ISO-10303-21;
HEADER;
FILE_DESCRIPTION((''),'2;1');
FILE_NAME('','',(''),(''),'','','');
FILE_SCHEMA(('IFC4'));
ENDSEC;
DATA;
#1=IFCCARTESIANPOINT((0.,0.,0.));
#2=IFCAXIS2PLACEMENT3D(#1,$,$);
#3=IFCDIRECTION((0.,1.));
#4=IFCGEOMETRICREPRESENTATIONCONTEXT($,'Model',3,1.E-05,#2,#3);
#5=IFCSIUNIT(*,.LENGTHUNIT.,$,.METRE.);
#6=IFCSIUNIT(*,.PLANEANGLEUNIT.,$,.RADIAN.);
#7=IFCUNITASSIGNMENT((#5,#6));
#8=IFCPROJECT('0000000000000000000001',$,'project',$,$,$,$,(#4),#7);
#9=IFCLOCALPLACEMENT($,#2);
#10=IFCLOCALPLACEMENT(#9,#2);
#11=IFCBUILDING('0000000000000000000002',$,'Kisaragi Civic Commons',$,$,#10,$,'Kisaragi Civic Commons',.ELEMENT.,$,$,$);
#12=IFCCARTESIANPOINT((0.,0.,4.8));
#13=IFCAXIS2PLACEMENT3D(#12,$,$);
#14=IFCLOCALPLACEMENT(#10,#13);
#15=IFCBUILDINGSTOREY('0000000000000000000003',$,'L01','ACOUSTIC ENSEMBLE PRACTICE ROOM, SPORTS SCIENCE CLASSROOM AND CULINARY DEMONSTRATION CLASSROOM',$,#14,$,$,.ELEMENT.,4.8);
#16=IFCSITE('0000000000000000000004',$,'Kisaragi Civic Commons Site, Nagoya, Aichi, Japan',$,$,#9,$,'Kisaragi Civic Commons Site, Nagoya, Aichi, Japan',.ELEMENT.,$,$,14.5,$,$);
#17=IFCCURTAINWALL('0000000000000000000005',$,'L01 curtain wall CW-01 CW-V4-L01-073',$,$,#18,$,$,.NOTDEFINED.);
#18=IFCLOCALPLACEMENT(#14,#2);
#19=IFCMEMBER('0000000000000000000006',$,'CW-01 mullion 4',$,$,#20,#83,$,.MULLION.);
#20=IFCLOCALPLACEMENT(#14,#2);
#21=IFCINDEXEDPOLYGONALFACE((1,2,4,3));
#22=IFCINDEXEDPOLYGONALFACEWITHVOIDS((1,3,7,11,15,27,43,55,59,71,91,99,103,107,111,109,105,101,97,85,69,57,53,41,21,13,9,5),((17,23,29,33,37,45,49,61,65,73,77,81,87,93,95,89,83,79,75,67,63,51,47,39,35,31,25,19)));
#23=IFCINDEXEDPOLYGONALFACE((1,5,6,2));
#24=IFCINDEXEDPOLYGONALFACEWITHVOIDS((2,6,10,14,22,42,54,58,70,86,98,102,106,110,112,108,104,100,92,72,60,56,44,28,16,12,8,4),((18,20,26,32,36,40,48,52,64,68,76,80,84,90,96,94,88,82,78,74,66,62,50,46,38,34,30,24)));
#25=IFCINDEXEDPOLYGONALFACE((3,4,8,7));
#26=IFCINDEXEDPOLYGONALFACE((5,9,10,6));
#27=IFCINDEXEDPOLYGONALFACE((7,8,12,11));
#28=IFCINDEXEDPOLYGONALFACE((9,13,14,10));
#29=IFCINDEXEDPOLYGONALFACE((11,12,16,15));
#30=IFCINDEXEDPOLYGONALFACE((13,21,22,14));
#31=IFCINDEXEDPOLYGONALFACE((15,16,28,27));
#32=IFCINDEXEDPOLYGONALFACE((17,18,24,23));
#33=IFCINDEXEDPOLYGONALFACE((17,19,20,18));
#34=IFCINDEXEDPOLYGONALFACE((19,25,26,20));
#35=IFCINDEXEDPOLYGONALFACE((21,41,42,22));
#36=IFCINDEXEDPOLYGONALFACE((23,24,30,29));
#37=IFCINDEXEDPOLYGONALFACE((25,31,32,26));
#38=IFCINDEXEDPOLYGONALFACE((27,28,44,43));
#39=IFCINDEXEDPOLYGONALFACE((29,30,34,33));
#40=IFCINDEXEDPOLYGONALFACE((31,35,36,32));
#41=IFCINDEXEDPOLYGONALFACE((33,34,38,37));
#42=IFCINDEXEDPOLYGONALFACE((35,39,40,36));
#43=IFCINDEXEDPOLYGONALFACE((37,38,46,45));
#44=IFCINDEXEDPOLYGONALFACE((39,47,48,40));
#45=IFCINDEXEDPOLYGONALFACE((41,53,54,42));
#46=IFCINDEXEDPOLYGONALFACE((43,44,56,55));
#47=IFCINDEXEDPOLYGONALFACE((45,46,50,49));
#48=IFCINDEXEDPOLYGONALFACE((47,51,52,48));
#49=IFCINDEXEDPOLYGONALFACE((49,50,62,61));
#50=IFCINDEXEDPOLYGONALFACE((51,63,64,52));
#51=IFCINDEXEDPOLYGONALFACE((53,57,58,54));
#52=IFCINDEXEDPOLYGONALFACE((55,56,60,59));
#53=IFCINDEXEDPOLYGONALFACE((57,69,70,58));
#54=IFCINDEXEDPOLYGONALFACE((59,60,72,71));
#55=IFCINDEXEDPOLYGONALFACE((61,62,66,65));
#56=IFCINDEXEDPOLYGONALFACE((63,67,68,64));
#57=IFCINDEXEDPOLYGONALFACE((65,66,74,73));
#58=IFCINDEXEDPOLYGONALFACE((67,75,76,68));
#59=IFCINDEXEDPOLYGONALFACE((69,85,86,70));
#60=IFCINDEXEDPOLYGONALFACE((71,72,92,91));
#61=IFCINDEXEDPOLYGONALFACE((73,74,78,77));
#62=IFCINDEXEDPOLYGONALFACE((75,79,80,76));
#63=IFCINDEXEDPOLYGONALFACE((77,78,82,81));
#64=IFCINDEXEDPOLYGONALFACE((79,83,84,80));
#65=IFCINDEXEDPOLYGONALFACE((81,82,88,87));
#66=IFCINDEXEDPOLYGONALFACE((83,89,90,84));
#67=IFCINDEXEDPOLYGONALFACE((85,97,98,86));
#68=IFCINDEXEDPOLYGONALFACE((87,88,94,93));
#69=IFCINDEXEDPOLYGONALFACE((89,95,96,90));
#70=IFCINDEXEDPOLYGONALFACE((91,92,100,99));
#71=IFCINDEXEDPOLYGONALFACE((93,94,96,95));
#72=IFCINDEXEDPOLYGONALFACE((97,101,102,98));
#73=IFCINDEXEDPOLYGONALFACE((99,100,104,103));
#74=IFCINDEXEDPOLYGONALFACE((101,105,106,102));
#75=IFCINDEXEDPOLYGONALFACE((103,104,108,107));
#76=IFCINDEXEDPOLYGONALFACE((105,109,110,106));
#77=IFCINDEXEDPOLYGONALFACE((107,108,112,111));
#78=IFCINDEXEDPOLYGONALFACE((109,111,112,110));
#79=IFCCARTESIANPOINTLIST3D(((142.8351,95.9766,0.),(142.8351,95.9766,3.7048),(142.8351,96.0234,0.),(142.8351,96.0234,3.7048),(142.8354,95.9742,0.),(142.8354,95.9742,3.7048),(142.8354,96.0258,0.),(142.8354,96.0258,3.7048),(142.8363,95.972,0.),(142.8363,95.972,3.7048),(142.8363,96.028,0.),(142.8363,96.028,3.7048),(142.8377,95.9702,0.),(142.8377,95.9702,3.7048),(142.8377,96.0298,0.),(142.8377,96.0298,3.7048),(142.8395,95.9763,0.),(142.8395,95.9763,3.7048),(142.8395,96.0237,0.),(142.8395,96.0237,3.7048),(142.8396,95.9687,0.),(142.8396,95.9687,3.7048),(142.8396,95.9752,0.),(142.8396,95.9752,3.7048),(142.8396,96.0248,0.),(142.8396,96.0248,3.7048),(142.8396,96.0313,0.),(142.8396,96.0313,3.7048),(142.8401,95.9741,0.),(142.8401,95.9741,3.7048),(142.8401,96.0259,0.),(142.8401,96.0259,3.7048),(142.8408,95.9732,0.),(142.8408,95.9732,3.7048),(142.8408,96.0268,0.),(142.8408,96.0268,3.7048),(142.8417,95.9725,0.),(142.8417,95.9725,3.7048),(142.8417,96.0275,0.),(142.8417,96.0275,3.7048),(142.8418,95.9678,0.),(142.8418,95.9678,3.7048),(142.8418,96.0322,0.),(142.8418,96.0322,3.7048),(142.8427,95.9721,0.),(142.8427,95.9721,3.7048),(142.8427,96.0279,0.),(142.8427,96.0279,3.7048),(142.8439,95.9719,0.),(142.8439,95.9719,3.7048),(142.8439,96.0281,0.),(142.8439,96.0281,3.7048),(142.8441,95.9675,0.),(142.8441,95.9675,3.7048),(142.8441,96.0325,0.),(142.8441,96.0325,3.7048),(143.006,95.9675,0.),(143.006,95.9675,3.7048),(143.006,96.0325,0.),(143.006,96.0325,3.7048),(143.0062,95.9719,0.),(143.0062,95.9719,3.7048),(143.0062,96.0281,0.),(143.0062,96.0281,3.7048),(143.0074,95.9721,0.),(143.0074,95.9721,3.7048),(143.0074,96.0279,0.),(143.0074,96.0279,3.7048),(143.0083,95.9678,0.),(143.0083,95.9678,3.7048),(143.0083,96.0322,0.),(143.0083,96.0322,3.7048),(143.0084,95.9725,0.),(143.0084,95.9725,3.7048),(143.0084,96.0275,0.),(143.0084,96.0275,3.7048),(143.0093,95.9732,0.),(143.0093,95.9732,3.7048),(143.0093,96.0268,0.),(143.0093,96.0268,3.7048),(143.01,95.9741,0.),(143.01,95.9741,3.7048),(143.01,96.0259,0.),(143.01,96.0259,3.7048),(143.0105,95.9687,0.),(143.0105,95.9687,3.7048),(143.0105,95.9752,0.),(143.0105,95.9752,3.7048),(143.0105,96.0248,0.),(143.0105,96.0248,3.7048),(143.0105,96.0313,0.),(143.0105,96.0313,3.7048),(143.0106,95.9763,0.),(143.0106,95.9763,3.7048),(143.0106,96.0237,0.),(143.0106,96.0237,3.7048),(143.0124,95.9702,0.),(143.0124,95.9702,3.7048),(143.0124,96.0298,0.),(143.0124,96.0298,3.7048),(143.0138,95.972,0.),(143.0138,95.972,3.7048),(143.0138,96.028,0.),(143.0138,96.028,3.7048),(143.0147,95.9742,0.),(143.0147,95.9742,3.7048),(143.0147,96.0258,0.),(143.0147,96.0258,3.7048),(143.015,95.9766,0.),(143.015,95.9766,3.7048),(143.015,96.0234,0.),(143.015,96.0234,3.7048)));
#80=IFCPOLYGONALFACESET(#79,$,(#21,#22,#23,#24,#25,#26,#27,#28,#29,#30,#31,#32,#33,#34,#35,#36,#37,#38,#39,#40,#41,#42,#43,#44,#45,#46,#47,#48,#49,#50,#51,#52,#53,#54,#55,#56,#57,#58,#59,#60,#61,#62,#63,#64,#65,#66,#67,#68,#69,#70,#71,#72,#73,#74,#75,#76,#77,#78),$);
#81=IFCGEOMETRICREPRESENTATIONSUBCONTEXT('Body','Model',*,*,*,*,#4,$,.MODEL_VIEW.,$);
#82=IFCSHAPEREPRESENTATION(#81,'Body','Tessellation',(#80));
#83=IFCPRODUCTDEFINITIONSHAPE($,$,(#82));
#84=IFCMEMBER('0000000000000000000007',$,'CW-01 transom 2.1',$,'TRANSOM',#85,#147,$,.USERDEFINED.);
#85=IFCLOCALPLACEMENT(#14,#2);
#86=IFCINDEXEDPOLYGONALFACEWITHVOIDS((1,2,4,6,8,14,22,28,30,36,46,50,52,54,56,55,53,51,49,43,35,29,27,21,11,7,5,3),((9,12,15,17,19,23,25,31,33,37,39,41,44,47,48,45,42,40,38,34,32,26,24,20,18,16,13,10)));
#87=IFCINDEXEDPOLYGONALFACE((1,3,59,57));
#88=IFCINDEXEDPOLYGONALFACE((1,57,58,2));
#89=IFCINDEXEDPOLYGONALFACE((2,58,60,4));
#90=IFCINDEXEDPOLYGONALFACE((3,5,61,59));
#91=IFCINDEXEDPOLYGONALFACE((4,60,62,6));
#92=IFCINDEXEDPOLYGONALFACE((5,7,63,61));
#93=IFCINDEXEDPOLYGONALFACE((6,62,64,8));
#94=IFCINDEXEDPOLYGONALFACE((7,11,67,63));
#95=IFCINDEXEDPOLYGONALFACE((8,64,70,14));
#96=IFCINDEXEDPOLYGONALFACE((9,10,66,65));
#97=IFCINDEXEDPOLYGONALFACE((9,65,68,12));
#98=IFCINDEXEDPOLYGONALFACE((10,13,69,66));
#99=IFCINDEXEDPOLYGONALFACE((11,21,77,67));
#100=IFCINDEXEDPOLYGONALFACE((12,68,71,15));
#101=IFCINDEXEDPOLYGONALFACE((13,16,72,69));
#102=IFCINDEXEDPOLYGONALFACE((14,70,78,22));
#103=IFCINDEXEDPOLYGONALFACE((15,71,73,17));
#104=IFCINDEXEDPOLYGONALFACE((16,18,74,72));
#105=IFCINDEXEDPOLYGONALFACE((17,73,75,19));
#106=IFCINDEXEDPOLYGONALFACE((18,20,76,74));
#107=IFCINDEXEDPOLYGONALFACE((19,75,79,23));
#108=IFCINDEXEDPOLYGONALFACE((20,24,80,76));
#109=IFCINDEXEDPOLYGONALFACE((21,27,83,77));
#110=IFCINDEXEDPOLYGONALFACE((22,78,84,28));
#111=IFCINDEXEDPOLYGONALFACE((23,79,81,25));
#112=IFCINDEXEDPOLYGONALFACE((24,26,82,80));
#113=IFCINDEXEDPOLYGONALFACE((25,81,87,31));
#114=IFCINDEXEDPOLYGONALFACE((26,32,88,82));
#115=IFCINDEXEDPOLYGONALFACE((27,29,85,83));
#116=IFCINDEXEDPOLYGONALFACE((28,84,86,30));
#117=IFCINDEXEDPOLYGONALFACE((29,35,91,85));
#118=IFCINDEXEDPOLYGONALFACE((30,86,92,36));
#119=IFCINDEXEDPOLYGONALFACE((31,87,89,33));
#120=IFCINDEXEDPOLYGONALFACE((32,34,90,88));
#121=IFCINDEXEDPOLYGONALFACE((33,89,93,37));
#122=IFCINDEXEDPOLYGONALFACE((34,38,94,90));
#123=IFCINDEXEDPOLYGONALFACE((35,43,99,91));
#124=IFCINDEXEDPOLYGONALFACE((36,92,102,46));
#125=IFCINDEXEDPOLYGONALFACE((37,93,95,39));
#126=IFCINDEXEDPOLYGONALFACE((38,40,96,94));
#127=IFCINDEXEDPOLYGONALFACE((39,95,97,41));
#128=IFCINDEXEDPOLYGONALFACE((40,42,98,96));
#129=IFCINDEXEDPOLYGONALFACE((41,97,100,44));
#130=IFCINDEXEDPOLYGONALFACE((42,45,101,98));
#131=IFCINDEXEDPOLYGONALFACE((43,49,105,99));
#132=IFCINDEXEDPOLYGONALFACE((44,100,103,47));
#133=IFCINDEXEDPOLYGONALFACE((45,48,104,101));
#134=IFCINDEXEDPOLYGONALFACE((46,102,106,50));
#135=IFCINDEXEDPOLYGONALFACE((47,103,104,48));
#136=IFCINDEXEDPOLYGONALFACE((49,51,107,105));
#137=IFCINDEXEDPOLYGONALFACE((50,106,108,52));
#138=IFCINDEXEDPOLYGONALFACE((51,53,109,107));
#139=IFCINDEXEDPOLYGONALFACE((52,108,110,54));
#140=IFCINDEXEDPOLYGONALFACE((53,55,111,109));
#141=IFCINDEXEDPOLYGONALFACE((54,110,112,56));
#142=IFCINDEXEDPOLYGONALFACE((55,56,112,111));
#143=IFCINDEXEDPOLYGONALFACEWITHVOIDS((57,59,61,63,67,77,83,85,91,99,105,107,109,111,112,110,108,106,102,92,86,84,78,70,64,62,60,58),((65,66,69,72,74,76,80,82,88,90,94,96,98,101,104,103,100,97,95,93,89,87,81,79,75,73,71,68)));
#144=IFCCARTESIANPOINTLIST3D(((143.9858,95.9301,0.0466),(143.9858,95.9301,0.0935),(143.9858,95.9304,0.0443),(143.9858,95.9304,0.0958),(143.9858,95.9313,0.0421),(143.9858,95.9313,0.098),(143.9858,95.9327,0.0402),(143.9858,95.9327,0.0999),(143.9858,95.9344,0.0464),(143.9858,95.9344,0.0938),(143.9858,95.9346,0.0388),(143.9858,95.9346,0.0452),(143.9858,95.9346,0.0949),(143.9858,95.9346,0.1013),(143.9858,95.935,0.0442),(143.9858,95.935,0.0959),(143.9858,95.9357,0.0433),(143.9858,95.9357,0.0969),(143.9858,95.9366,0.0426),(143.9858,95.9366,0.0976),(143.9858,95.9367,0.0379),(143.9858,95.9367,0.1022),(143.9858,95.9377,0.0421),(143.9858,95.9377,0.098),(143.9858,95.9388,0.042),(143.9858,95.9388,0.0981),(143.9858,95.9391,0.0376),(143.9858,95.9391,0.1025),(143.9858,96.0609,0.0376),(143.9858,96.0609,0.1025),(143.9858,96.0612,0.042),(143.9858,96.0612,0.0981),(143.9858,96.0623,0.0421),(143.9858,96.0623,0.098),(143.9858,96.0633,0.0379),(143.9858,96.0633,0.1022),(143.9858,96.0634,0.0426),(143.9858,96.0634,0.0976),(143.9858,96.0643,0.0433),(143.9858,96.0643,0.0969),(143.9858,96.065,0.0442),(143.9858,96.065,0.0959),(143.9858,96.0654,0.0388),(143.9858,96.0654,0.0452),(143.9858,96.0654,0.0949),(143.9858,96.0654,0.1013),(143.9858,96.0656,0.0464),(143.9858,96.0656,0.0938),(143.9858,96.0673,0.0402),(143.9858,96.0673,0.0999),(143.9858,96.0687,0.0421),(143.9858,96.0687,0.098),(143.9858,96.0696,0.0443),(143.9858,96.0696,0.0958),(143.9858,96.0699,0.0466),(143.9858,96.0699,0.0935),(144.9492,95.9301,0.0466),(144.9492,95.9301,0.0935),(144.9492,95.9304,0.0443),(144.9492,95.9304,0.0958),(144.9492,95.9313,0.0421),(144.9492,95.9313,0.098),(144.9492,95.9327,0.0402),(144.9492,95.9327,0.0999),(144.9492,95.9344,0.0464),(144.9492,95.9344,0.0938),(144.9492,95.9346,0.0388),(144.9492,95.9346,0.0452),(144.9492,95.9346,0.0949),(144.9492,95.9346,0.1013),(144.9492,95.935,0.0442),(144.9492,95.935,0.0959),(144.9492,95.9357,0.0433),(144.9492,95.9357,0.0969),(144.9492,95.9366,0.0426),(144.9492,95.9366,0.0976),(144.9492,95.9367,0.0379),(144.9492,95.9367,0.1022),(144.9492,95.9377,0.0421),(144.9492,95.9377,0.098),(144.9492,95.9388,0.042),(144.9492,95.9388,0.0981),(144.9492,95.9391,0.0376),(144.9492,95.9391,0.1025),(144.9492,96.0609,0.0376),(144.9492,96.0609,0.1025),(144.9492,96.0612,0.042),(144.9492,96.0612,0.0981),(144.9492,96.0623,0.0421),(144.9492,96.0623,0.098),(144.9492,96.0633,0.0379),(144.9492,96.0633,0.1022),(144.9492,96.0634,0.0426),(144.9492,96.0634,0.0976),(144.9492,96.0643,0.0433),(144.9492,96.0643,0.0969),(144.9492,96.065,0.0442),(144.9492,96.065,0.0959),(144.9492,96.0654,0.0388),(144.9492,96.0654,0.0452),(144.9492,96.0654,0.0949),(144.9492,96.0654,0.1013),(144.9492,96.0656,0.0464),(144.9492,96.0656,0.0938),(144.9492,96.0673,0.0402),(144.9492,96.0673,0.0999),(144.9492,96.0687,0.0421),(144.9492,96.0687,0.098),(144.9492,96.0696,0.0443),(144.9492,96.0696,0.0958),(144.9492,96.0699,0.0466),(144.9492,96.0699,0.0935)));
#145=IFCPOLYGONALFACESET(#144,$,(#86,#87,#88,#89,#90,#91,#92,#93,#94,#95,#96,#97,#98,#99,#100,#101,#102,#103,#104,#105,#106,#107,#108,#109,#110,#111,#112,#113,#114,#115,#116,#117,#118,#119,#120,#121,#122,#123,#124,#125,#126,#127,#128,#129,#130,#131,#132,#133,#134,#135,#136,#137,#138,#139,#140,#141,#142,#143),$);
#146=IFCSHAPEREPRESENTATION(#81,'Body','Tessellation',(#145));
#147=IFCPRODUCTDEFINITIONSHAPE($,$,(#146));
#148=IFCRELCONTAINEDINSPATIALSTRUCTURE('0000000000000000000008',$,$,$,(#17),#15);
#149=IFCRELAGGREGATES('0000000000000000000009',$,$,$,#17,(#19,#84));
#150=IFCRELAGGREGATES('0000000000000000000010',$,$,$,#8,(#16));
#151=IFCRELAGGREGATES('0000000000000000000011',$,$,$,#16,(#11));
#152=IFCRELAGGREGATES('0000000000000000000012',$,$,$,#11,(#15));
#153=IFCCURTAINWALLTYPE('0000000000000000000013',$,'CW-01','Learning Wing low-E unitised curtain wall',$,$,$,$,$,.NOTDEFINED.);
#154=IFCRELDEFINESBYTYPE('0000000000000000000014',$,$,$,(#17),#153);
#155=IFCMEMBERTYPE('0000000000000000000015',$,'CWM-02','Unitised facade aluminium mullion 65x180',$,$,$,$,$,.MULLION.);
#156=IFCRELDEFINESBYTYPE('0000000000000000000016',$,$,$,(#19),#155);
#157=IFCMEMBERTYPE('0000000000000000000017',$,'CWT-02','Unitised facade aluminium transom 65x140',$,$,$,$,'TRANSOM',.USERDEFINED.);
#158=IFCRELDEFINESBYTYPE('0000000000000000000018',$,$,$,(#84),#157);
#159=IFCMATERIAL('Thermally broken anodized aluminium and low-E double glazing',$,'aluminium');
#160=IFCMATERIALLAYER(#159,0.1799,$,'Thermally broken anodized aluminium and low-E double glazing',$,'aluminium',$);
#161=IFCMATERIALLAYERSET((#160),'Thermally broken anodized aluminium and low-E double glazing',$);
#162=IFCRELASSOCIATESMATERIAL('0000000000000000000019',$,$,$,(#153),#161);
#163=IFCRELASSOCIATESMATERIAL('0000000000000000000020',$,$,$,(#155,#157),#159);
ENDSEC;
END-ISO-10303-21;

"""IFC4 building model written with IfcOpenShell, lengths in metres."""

from ifc_helpers import new_model, si_unit, direction, frame, origin, origin_2d, place, context, subcontext, project, spatial, hollow_rectangle, extrude, material, layer, layer_set, material_profile, profile_set, type_object, element, aggregate, save


model = new_model("IFC4")

# Units and contexts
model_context = context("Model", 3, precision=1e-05, world=origin(), true_north=direction((0.0, 1.0)))
body_context = subcontext(model_context, "Body", "Model", "MODEL_VIEW")
ifc_project = project(units=[si_unit("LENGTHUNIT", "METRE"), si_unit("PLANEANGLEUNIT", "RADIAN")], contexts=[model_context])

# Site, building, storey
site_placement = place(None, origin())
site = spatial("IfcSite", under=ifc_project, at=site_placement, Name="Kisaragi Civic Commons Site, Nagoya, Aichi, Japan", LongName="Kisaragi Civic Commons Site, Nagoya, Aichi, Japan", CompositionType="ELEMENT", RefElevation=14.5)
building_placement = place(site_placement, origin())
building = spatial("IfcBuilding", under=site, at=building_placement, Name="Kisaragi Civic Commons", LongName="Kisaragi Civic Commons", CompositionType="ELEMENT")
storey_placement = place(building_placement, frame((0.0, 0.0, 4.8)))
storey = spatial("IfcBuildingStorey", under=building, at=storey_placement, Name="L01", Description="ACOUSTIC ENSEMBLE PRACTICE ROOM, SPORTS SCIENCE CLASSROOM AND CULINARY DEMONSTRATION CLASSROOM", CompositionType="ELEMENT", Elevation=4.8)

# Curtain wall, members
ifc_material = material(Name="Thermally broken anodized aluminium and low-E double glazing", Category="aluminium")
ifc_layer_1 = layer(ifc_material, 0.1799, Name="Thermally broken anodized aluminium and low-E double glazing", Category="aluminium")
ifc_layer_set_1 = layer_set([ifc_layer_1], Name="Thermally broken anodized aluminium and low-E double glazing")
curtain_wall_type = type_object("IfcCurtainWallType", Name="CW-01", Description="Learning Wing low-E unitised curtain wall", PredefinedType="NOTDEFINED", material=ifc_layer_set_1)
curtain_wall_placement = place(storey_placement, origin())
curtain_wall = element("IfcCurtainWall", 1, at=curtain_wall_placement, inside=storey, type_object=curtain_wall_type, Name="L01 curtain wall CW-01 CW-V4-L01-073", PredefinedType="NOTDEFINED")
ifc_material_profile_1 = material_profile(ifc_material, hollow_rectangle(XDim=0.0649, YDim=0.1799, WallThickness=0.0044, InnerFilletRadius=0.0044, OuterFilletRadius=0.009, at=origin_2d()), Name="CWM-65x180x4.5", Category="aluminium")
ifc_profile_set_1 = profile_set([ifc_material_profile_1], Name="Thermally broken anodized aluminium and low-E double glazing")
member_type_1 = type_object("IfcMemberType", Name="CWM-02", Description="Unitised facade aluminium mullion 65x180", PredefinedType="MULLION", material=ifc_profile_set_1)
member_1_placement = place(storey_placement, frame((142.925, 96.0, 0.0), z_axis=(0.0, 0.0, 1.0), x_axis=(0.0, -1.0, 0.0)))
member_1 = element("IfcMember", 2, at=member_1_placement, type_object=member_type_1, Name="CW-01 mullion 4", PredefinedType="MULLION", context=body_context, shape_type="SweptSolid", body=[
    extrude(hollow_rectangle(XDim=0.0649, YDim=0.1799, WallThickness=0.0044, InnerFilletRadius=0.0044, OuterFilletRadius=0.009, at=origin_2d()), origin(), (0.0, 0.0, 1.0), 3.7048),
])
ifc_material_profile_2 = material_profile(ifc_material, hollow_rectangle(XDim=0.1399, YDim=0.0649, WallThickness=0.0044, InnerFilletRadius=0.0044, OuterFilletRadius=0.009, at=origin_2d()), Name="CWT-65x140x4.5", Category="aluminium")
ifc_profile_set_2 = profile_set([ifc_material_profile_2], Name="Thermally broken anodized aluminium and low-E double glazing")
member_type_2 = type_object("IfcMemberType", Name="CWT-02", Description="Unitised facade aluminium transom 65x140", ElementType="TRANSOM", PredefinedType="USERDEFINED", material=ifc_profile_set_2)
member_2_placement = place(storey_placement, frame((144.9492, 96.0, 0.0701), z_axis=(-1.0, 0.0, 0.0), x_axis=(0.0, -1.0, 0.0)))
member_2 = element("IfcMember", 3, at=member_2_placement, type_object=member_type_2, Name="CW-01 transom 2.1", ObjectType="TRANSOM", PredefinedType="USERDEFINED", context=body_context, shape_type="SweptSolid", body=[
    extrude(hollow_rectangle(XDim=0.1399, YDim=0.0649, WallThickness=0.0044, InnerFilletRadius=0.0044, OuterFilletRadius=0.009, at=origin_2d()), origin(), (0.0, 0.0, 1.0), 0.9634),
])
aggregate(curtain_wall, [member_1, member_2])

save(model, "model.ifc")
